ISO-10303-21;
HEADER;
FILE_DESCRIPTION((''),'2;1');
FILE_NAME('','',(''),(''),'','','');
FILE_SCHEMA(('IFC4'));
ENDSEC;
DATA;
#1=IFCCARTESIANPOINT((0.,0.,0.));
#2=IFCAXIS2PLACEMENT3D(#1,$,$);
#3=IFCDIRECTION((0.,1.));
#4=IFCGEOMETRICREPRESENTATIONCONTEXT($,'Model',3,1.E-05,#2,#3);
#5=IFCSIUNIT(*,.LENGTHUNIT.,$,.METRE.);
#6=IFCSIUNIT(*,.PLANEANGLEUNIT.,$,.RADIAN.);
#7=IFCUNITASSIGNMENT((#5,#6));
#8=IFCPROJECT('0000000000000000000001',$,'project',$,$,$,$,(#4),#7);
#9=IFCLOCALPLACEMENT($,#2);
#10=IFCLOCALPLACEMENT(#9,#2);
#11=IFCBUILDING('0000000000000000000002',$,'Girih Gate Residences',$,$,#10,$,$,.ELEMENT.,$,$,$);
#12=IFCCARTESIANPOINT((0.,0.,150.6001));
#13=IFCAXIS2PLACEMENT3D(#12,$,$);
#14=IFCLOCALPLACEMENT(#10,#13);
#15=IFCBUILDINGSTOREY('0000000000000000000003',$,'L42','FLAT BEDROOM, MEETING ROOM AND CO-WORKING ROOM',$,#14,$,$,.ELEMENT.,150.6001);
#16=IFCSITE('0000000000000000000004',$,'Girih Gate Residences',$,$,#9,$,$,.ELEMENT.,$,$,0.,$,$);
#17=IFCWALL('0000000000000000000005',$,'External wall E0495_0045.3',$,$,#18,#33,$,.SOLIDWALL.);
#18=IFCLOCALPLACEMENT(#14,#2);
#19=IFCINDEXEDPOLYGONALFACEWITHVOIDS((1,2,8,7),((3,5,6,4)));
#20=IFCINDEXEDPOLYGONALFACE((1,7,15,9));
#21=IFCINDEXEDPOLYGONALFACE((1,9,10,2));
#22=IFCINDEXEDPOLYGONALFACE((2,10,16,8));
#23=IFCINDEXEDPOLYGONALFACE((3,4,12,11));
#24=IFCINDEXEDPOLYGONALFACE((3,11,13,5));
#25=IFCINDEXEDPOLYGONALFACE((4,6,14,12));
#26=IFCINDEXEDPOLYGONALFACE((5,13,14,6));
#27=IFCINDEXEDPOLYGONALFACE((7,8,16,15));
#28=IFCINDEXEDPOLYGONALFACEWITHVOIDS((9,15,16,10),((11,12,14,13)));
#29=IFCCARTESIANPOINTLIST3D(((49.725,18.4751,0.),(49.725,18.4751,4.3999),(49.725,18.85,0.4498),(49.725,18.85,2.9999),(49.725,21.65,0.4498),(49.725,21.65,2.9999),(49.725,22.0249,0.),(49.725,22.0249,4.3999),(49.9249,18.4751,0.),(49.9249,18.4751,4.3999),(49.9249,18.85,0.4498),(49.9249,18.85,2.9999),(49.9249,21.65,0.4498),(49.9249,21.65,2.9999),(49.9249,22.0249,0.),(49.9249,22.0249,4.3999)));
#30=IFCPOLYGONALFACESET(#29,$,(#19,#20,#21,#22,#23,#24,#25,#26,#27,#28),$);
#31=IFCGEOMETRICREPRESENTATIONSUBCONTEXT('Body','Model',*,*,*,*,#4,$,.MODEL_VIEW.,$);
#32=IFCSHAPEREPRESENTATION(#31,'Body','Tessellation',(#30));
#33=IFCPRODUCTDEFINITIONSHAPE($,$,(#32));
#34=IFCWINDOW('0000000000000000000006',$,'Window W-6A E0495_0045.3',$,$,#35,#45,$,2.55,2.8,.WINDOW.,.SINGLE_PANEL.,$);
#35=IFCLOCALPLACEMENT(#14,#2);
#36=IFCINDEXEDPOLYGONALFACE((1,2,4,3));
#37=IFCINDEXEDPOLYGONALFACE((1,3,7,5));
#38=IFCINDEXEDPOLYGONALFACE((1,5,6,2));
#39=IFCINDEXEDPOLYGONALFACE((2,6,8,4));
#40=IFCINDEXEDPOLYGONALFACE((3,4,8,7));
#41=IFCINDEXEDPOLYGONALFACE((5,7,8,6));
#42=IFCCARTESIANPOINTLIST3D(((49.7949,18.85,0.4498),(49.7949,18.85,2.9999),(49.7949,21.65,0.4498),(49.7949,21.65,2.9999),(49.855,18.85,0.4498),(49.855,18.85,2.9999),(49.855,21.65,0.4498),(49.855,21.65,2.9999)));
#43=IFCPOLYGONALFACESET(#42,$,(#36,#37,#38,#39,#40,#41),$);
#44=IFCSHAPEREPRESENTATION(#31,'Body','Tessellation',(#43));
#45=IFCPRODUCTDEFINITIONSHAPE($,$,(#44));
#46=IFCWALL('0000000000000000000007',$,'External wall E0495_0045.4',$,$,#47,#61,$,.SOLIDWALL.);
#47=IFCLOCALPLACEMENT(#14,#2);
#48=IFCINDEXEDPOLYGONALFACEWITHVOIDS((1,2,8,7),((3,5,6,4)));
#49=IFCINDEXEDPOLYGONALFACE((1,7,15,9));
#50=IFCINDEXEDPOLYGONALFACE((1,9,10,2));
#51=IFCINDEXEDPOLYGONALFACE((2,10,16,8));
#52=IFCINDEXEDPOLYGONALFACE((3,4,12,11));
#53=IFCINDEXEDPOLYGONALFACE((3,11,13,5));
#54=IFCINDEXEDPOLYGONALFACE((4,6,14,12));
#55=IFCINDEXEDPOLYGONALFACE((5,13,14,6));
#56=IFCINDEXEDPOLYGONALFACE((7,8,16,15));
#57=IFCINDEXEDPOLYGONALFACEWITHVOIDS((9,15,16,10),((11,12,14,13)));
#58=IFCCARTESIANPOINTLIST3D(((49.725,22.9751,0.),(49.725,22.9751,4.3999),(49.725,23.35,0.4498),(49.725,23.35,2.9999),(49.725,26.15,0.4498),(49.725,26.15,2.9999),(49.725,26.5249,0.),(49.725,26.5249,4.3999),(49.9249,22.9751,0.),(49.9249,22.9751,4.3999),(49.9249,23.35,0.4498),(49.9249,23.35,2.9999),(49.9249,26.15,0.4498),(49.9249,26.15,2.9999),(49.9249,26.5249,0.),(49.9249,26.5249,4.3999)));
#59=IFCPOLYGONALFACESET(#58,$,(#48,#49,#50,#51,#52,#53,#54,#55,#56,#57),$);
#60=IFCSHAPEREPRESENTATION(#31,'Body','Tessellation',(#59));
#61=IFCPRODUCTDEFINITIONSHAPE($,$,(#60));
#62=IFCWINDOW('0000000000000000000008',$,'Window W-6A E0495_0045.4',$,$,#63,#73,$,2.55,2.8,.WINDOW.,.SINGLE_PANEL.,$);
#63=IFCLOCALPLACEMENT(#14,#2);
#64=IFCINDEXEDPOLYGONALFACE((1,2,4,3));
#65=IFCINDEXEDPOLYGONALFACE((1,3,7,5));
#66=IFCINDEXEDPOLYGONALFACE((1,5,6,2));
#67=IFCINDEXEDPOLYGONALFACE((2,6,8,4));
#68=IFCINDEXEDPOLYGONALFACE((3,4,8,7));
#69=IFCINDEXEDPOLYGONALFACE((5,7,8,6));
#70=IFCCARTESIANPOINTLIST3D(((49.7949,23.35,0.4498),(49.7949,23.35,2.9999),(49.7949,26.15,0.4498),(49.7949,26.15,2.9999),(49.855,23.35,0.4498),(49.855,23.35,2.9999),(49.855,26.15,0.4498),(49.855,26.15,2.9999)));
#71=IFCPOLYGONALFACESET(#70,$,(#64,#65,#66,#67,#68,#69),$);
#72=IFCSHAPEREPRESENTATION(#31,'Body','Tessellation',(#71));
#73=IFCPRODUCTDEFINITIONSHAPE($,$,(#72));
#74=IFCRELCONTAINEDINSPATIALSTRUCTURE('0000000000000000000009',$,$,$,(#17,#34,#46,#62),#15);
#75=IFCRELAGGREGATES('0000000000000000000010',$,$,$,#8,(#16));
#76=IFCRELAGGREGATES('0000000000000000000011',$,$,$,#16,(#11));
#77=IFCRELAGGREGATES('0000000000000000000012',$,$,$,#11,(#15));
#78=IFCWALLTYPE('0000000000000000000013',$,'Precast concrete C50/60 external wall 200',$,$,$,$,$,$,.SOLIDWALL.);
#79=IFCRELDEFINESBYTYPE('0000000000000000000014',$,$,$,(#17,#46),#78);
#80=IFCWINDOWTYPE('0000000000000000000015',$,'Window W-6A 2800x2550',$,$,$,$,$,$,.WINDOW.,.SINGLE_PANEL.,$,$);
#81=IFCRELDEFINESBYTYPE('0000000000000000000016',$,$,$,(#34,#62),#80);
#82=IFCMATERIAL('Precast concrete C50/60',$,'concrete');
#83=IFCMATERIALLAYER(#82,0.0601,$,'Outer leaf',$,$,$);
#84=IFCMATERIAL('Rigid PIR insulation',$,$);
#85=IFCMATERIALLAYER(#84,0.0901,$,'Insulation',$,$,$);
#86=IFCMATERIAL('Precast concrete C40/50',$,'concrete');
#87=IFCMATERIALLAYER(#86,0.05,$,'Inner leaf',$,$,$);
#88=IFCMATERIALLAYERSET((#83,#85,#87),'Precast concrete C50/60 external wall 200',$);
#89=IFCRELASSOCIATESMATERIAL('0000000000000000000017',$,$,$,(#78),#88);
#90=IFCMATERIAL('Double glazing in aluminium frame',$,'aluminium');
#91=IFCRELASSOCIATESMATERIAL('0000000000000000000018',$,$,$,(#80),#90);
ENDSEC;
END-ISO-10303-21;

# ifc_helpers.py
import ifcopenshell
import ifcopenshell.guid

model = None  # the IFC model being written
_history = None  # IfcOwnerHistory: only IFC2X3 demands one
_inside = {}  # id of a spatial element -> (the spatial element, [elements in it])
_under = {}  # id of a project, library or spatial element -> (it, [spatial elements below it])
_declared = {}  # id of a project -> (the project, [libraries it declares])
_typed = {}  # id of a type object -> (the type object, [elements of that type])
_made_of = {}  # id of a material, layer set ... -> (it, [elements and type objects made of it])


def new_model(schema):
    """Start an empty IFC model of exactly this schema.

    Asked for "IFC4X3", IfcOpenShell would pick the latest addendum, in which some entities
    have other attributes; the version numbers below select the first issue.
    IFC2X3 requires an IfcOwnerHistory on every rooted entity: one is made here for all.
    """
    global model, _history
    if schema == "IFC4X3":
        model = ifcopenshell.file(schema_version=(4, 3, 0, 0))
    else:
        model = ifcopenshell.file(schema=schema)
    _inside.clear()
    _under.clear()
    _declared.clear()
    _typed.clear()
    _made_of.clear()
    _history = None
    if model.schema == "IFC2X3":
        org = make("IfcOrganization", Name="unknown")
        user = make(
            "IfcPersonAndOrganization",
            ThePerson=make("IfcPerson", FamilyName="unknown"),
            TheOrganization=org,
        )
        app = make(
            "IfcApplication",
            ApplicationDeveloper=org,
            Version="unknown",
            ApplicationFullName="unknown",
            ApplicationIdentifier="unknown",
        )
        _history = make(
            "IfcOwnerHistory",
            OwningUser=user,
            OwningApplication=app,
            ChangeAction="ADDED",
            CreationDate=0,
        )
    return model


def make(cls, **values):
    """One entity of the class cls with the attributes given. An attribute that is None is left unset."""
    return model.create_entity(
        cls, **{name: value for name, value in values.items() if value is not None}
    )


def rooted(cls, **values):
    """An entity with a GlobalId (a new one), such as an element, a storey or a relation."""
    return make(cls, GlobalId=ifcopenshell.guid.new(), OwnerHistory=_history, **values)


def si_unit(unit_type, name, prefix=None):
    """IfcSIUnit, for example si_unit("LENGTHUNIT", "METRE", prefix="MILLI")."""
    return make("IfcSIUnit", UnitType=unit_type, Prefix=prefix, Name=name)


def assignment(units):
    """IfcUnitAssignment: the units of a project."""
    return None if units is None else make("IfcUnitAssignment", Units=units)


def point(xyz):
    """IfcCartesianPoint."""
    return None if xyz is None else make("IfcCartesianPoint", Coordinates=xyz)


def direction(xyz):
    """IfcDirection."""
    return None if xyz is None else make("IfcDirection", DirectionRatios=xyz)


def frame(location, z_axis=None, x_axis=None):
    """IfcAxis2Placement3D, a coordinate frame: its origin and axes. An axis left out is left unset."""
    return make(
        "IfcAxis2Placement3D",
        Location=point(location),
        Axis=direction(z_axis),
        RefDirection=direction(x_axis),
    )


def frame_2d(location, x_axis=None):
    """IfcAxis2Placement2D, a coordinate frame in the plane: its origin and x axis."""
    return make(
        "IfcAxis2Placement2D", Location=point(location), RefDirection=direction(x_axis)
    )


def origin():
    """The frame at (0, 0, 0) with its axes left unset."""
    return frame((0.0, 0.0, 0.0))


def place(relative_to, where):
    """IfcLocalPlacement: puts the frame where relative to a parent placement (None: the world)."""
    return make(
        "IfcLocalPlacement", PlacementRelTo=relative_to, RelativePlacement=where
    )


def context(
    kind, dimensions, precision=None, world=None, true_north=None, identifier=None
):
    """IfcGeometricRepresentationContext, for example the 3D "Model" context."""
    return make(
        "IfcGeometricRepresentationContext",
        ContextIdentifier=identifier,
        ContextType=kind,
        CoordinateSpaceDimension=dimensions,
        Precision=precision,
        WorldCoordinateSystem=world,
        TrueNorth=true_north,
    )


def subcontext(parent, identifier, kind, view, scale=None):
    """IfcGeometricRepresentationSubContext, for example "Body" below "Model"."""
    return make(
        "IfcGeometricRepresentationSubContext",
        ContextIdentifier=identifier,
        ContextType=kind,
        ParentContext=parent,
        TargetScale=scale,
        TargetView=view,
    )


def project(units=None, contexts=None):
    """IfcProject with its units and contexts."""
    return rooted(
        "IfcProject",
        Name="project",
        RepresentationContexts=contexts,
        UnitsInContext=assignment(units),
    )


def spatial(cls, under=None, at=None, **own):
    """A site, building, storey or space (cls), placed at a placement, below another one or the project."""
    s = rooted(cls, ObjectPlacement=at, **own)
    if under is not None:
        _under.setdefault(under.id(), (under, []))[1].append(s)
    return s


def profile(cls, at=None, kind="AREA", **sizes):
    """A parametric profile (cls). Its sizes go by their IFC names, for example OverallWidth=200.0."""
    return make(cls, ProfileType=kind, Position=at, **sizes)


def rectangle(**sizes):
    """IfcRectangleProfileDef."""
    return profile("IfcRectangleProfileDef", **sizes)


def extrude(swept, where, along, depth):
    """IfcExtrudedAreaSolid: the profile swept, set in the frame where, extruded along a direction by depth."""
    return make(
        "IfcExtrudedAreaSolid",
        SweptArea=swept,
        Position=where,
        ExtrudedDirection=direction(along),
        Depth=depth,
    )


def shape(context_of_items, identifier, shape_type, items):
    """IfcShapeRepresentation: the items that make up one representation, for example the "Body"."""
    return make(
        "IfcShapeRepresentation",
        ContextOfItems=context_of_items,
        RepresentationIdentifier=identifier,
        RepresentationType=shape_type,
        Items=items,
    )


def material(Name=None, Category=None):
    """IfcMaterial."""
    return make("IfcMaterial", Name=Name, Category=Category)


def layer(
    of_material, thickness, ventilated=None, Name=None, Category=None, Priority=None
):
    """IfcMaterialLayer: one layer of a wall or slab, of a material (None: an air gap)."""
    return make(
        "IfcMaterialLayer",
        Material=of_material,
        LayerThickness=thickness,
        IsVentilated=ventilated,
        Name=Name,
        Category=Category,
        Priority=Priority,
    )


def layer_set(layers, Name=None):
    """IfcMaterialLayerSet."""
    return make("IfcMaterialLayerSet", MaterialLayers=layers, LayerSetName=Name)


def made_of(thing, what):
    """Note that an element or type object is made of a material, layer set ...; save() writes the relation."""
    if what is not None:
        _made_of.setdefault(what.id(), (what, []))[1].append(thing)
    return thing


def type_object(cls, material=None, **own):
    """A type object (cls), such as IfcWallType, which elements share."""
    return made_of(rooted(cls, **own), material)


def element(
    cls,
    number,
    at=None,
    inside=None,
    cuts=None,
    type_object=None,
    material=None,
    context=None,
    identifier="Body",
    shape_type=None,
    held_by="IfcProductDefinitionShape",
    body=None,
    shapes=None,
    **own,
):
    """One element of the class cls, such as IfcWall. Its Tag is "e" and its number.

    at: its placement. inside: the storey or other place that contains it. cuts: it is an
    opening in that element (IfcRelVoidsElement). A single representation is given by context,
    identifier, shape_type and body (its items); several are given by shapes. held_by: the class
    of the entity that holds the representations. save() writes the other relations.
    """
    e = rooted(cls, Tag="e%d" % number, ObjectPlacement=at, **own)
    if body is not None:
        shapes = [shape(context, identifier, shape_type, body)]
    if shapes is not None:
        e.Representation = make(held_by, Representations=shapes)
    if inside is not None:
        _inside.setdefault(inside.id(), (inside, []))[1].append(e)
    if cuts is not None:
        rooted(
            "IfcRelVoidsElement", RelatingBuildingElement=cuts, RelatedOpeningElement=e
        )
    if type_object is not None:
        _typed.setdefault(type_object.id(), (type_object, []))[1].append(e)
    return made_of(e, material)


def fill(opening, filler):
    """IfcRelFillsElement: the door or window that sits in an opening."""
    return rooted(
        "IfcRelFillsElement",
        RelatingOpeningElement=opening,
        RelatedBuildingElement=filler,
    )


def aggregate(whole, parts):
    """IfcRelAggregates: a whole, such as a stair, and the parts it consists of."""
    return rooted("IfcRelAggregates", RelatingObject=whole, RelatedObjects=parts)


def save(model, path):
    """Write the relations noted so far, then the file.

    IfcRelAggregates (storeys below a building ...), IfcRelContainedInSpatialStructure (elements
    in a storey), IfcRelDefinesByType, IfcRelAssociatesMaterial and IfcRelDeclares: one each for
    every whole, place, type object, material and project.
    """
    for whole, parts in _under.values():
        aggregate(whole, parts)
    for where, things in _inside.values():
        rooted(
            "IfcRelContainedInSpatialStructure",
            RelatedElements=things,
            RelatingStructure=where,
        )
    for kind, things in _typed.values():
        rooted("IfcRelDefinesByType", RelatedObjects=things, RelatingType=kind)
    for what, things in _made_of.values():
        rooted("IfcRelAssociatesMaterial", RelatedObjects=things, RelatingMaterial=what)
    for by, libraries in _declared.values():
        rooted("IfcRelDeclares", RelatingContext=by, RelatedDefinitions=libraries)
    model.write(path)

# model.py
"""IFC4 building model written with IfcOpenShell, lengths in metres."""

from ifc_helpers import new_model, si_unit, direction, frame, frame_2d, origin, place, context, subcontext, project, spatial, rectangle, extrude, material, layer, layer_set, type_object, element, fill, save


model = new_model("IFC4")

# Units and contexts
model_context = context("Model", 3, precision=1e-05, world=origin(), true_north=direction((0.0, 1.0)))
body_context = subcontext(model_context, "Body", "Model", "MODEL_VIEW")
ifc_project = project(units=[si_unit("LENGTHUNIT", "METRE"), si_unit("PLANEANGLEUNIT", "RADIAN")], contexts=[model_context])

# Site, building, storey
site_placement = place(None, origin())
site = spatial("IfcSite", under=ifc_project, at=site_placement, Name="Girih Gate Residences", CompositionType="ELEMENT", RefElevation=0.0)
building_placement = place(site_placement, origin())
building = spatial("IfcBuilding", under=site, at=building_placement, Name="Girih Gate Residences", CompositionType="ELEMENT")
storey_placement = place(building_placement, frame((0.0, 0.0, 150.6001)))
storey = spatial("IfcBuildingStorey", under=building, at=storey_placement, Name="L42", Description="FLAT BEDROOM, MEETING ROOM AND CO-WORKING ROOM", CompositionType="ELEMENT", Elevation=150.6001)

# Walls, openings, windows
ifc_material_1 = material(Name="Precast concrete C50/60", Category="concrete")
ifc_layer_1 = layer(ifc_material_1, 0.0601, Name="Outer leaf")
ifc_material_2 = material(Name="Rigid PIR insulation")
ifc_layer_2 = layer(ifc_material_2, 0.0901, Name="Insulation")
ifc_material_3 = material(Name="Precast concrete C40/50", Category="concrete")
ifc_layer_3 = layer(ifc_material_3, 0.05, Name="Inner leaf")
ifc_layer_set_1 = layer_set([ifc_layer_1, ifc_layer_2, ifc_layer_3], Name="Precast concrete C50/60 external wall 200")
wall_type_1 = type_object("IfcWallType", Name="Precast concrete C50/60 external wall 200", PredefinedType="SOLIDWALL", material=ifc_layer_set_1)
wall_1_placement = place(storey_placement, frame((49.825, 22.0249, 0.0), z_axis=(0.0, 0.0, 1.0), x_axis=(0.0, -1.0, 0.0)))
wall_1 = element("IfcWall", 1, at=wall_1_placement, inside=storey, type_object=wall_type_1, Name="External wall E0495_0045.3", PredefinedType="SOLIDWALL", context=body_context, shape_type="SweptSolid", body=[
    extrude(rectangle(XDim=3.5498, YDim=0.2, at=frame_2d((1.7749, 0.0))), origin(), (0.0, 0.0, 1.0), 4.3999),
])
opening_1_placement = place(wall_1_placement, frame((0.375, 0.0, 0.45)))
opening_1 = element("IfcOpeningElement", 2, at=opening_1_placement, cuts=wall_1, PredefinedType="OPENING", context=body_context, shape_type="SweptSolid", body=[
    extrude(rectangle(XDim=2.8, YDim=2.55, at=frame_2d((1.3999, 1.2749))), frame((0.0, 0.1099, 0.0), z_axis=(0.0, -1.0, 0.0), x_axis=(1.0, 0.0, 0.0)), (0.0, 0.0, 1.0), 0.22),
])
ifc_material_4 = material(Name="Double glazing in aluminium frame", Category="aluminium")
window_type = type_object("IfcWindowType", Name="Window W-6A 2800x2550", PartitioningType="SINGLE_PANEL", PredefinedType="WINDOW", material=ifc_material_4)
window_1_placement = place(opening_1_placement, origin())
window_1 = element("IfcWindow", 3, at=window_1_placement, inside=storey, type_object=window_type, Name="Window W-6A E0495_0045.3", OverallHeight=2.55, OverallWidth=2.8, PartitioningType="SINGLE_PANEL", PredefinedType="WINDOW", context=body_context, shape_type="SweptSolid", body=[
    extrude(rectangle(XDim=2.8, YDim=2.55, at=frame_2d((1.3999, 1.2749))), frame((0.0, 0.03, 0.0), z_axis=(0.0, -1.0, 0.0), x_axis=(1.0, 0.0, 0.0)), (0.0, 0.0, 1.0), 0.0601),
])
fill(opening_1, window_1)
wall_2_placement = place(storey_placement, frame((49.825, 26.5249, 0.0), z_axis=(0.0, 0.0, 1.0), x_axis=(0.0, -1.0, 0.0)))
wall_2 = element("IfcWall", 4, at=wall_2_placement, inside=storey, type_object=wall_type_1, Name="External wall E0495_0045.4", PredefinedType="SOLIDWALL", context=body_context, shape_type="SweptSolid", body=[
    extrude(rectangle(XDim=3.5498, YDim=0.2, at=frame_2d((1.7749, 0.0))), origin(), (0.0, 0.0, 1.0), 4.3999),
])
opening_2_placement = place(wall_2_placement, frame((0.375, 0.0, 0.45)))
opening_2 = element("IfcOpeningElement", 5, at=opening_2_placement, cuts=wall_2, PredefinedType="OPENING", context=body_context, shape_type="SweptSolid", body=[
    extrude(rectangle(XDim=2.8, YDim=2.55, at=frame_2d((1.3999, 1.2749))), frame((0.0, 0.1099, 0.0), z_axis=(0.0, -1.0, 0.0), x_axis=(1.0, 0.0, 0.0)), (0.0, 0.0, 1.0), 0.22),
])
window_2_placement = place(opening_2_placement, origin())
window_2 = element("IfcWindow", 6, at=window_2_placement, inside=storey, type_object=window_type, Name="Window W-6A E0495_0045.4", OverallHeight=2.55, OverallWidth=2.8, PartitioningType="SINGLE_PANEL", PredefinedType="WINDOW", context=body_context, shape_type="SweptSolid", body=[
    extrude(rectangle(XDim=2.8, YDim=2.55, at=frame_2d((1.3999, 1.2749))), frame((0.0, 0.03, 0.0), z_axis=(0.0, -1.0, 0.0), x_axis=(1.0, 0.0, 0.0)), (0.0, 0.0, 1.0), 0.0601),
])
fill(opening_2, window_2)

save(model, "model.ifc")
